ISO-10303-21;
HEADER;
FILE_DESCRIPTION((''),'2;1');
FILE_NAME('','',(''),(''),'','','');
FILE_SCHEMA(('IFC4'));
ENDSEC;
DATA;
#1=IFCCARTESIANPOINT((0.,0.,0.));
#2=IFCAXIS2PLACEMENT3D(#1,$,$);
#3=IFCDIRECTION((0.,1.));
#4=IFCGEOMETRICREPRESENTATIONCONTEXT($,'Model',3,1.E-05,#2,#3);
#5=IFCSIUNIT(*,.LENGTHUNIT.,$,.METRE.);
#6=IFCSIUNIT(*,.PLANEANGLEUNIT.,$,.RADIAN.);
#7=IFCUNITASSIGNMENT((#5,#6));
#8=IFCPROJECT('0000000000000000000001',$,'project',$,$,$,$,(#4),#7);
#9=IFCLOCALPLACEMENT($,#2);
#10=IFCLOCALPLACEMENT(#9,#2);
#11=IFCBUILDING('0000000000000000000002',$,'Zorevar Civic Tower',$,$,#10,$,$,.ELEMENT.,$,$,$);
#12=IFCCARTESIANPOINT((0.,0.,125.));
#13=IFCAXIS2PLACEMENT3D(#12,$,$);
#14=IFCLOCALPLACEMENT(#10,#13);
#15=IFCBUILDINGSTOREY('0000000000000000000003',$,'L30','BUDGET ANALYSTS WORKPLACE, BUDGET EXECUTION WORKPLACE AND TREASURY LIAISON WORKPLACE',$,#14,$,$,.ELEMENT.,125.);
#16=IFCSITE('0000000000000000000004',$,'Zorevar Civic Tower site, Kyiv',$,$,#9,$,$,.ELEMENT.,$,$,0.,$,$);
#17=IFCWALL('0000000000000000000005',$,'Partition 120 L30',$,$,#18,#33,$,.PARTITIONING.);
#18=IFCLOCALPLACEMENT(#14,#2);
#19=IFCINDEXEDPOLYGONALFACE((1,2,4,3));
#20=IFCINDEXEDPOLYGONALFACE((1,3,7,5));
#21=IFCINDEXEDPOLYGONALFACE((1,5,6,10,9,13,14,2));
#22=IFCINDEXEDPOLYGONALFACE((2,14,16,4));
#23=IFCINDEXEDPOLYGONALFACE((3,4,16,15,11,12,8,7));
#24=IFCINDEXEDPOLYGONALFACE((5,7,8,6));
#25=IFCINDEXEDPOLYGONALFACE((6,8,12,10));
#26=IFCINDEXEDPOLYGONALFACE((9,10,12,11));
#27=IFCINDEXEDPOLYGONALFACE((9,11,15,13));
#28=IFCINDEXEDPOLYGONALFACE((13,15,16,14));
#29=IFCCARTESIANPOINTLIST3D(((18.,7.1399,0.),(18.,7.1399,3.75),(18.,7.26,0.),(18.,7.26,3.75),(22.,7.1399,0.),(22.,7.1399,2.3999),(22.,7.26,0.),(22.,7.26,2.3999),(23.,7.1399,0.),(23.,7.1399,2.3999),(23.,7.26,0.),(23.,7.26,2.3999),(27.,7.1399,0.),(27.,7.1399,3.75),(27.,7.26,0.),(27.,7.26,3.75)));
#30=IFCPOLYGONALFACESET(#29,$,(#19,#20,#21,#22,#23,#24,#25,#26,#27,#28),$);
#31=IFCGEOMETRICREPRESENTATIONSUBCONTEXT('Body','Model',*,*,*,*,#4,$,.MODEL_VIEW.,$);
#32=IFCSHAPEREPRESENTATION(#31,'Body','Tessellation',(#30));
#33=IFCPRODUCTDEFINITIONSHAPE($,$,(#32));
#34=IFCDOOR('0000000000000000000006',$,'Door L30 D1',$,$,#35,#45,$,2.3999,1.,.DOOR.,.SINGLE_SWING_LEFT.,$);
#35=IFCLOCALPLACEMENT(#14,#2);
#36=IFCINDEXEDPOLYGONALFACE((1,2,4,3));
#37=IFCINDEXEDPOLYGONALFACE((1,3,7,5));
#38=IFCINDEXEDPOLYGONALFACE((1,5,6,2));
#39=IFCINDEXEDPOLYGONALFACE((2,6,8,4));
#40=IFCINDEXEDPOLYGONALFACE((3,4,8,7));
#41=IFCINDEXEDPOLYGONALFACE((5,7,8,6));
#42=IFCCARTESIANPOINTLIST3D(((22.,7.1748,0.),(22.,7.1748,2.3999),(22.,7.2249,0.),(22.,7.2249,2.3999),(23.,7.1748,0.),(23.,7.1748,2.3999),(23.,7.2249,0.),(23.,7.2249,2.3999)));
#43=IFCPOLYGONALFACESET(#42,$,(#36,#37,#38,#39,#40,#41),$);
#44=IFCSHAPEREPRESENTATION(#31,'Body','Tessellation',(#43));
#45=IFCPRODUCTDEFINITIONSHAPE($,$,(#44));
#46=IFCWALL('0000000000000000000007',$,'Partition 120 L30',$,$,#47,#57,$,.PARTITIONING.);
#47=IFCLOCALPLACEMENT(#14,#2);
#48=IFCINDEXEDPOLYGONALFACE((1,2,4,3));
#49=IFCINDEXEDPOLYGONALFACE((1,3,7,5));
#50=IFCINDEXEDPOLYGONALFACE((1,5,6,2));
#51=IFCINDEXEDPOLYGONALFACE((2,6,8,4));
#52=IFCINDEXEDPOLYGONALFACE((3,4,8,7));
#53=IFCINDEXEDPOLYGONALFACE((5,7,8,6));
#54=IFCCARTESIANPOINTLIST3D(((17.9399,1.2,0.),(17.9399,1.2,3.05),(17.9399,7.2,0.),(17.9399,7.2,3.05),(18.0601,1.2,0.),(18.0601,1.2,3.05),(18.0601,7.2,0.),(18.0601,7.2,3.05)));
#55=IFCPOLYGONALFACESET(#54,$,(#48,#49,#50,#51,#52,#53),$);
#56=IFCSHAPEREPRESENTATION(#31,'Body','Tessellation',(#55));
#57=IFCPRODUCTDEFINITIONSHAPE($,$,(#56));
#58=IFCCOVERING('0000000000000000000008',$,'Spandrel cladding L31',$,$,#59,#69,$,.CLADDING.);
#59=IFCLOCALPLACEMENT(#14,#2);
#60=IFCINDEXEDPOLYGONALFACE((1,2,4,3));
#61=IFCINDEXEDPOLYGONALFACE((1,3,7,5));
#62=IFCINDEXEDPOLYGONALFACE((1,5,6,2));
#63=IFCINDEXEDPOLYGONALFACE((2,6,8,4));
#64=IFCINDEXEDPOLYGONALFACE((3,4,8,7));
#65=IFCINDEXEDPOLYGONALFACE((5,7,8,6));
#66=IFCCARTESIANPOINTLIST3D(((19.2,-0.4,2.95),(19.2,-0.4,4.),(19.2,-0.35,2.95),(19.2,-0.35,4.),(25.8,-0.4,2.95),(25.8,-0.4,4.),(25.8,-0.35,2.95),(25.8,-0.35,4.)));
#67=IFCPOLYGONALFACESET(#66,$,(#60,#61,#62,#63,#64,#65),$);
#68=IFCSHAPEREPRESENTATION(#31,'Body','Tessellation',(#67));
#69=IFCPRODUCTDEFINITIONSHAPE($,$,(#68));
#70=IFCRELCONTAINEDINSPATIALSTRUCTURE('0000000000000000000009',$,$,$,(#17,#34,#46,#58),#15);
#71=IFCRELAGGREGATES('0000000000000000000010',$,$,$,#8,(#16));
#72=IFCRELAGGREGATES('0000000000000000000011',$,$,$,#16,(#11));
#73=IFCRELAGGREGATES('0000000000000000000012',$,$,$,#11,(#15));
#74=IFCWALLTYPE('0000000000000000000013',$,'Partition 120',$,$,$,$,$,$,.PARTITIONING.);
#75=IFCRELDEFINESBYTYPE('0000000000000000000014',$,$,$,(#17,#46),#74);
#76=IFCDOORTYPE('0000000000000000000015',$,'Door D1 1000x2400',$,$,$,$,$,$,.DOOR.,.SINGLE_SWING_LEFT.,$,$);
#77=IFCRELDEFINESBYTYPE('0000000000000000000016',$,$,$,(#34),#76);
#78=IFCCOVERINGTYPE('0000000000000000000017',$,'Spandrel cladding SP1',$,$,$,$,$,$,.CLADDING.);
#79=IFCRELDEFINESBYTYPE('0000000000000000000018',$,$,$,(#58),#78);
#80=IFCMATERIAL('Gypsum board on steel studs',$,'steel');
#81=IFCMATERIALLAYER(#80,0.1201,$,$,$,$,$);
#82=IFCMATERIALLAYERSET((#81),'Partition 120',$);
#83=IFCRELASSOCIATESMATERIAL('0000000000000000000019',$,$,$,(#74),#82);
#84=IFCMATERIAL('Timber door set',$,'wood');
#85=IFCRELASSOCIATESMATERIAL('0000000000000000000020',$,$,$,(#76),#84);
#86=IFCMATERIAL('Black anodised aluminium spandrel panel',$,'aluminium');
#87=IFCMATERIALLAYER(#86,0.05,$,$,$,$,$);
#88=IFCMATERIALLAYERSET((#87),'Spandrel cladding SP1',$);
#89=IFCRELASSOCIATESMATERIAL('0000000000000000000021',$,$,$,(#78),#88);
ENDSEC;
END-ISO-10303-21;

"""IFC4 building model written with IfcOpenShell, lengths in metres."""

from ifc_helpers import new_model, si_unit, direction, frame, frame_2d, origin, place, context, subcontext, project, spatial, rectangle, extrude, material, layer, layer_set, type_object, element, fill, save


model = new_model("IFC4")

# Units and contexts
model_context = context("Model", 3, precision=1e-05, world=origin(), true_north=direction((0.0, 1.0)))
body_context = subcontext(model_context, "Body", "Model", "MODEL_VIEW")
ifc_project = project(units=[si_unit("LENGTHUNIT", "METRE"), si_unit("PLANEANGLEUNIT", "RADIAN")], contexts=[model_context])

# Site, building, storey
site_placement = place(None, origin())
site = spatial("IfcSite", under=ifc_project, at=site_placement, Name="Zorevar Civic Tower site, Kyiv", CompositionType="ELEMENT", RefElevation=0.0)
building_placement = place(site_placement, origin())
building = spatial("IfcBuilding", under=site, at=building_placement, Name="Zorevar Civic Tower", CompositionType="ELEMENT")
storey_placement = place(building_placement, frame((0.0, 0.0, 125.0)))
storey = spatial("IfcBuildingStorey", under=building, at=storey_placement, Name="L30", Description="BUDGET ANALYSTS WORKPLACE, BUDGET EXECUTION WORKPLACE AND TREASURY LIAISON WORKPLACE", CompositionType="ELEMENT", Elevation=125.0)

# Wall, opening, door
ifc_material_1 = material(Name="Gypsum board on steel studs", Category="steel")
ifc_layer_1 = layer(ifc_material_1, 0.1201)
ifc_layer_set_1 = layer_set([ifc_layer_1], Name="Partition 120")
wall_type_1 = type_object("IfcWallType", Name="Partition 120", PredefinedType="PARTITIONING", material=ifc_layer_set_1)
wall_1_placement = place(storey_placement, frame((18.0, 7.2, 0.0), z_axis=(0.0, 0.0, 1.0), x_axis=(1.0, 0.0, 0.0)))
wall_1 = element("IfcWall", 1, at=wall_1_placement, inside=storey, type_object=wall_type_1, Name="Partition 120 L30", PredefinedType="PARTITIONING", context=body_context, shape_type="SweptSolid", body=[
    extrude(rectangle(XDim=9.0, YDim=0.1201, at=frame_2d((4.5, 0.0))), origin(), (0.0, 0.0, 1.0), 3.75),
])
opening_1_placement = place(wall_1_placement, frame((4.0, 0.0, 0.0)))
opening_1 = element("IfcOpeningElement", 2, at=opening_1_placement, cuts=wall_1, PredefinedType="OPENING", context=body_context, shape_type="SweptSolid", body=[
    extrude(rectangle(XDim=1.0, YDim=2.3999, at=frame_2d((0.5, 1.2))), frame((0.0, 0.0701, 0.0), z_axis=(0.0, -1.0, 0.0), x_axis=(1.0, 0.0, 0.0)), (0.0, 0.0, 1.0), 0.1401),
])
ifc_material_2 = material(Name="Timber door set", Category="wood")
door_type_1 = type_object("IfcDoorType", Name="Door D1 1000x2400", OperationType="SINGLE_SWING_LEFT", PredefinedType="DOOR", material=ifc_material_2)
door_1_placement = place(opening_1_placement, origin())
door_1 = element("IfcDoor", 3, at=door_1_placement, inside=storey, type_object=door_type_1, Name="Door L30 D1", OperationType="SINGLE_SWING_LEFT", OverallHeight=2.3999, OverallWidth=1.0, PredefinedType="DOOR", context=body_context, shape_type="SweptSolid", body=[
    extrude(rectangle(XDim=1.0, YDim=2.3999, at=frame_2d((0.5, 1.2))), frame((0.0, 0.0249, 0.0), z_axis=(0.0, -1.0, 0.0), x_axis=(1.0, 0.0, 0.0)), (0.0, 0.0, 1.0), 0.05),
])
fill(opening_1, door_1)

# Wall
wall_2_placement = place(storey_placement, frame((18.0, 1.2, 0.0), z_axis=(0.0, 0.0, 1.0), x_axis=(0.0, 1.0, 0.0)))
element("IfcWall", 4, at=wall_2_placement, inside=storey, type_object=wall_type_1, Name="Partition 120 L30", PredefinedType="PARTITIONING", context=body_context, shape_type="SweptSolid", body=[
    extrude(rectangle(XDim=6.0, YDim=0.1201, at=frame_2d((3.0, 0.0))), origin(), (0.0, 0.0, 1.0), 3.05),
])

# Covering
ifc_material_3 = material(Name="Black anodised aluminium spandrel panel", Category="aluminium")
ifc_layer_2 = layer(ifc_material_3, 0.05)
ifc_layer_set_2 = layer_set([ifc_layer_2], Name="Spandrel cladding SP1")
covering_type = type_object("IfcCoveringType", Name="Spandrel cladding SP1", PredefinedType="CLADDING", material=ifc_layer_set_2)
covering_placement = place(storey_placement, frame((19.2, -0.375, 2.95), z_axis=(0.0, 0.0, 1.0), x_axis=(1.0, 0.0, 0.0)))
element("IfcCovering", 5, at=covering_placement, inside=storey, type_object=covering_type, Name="Spandrel cladding L31", PredefinedType="CLADDING", context=body_context, shape_type="SweptSolid", body=[
    extrude(rectangle(XDim=6.6001, YDim=0.05, at=frame_2d((3.3, 0.0))), origin(), (0.0, 0.0, 1.0), 1.05),
])

save(model, "model.ifc")
